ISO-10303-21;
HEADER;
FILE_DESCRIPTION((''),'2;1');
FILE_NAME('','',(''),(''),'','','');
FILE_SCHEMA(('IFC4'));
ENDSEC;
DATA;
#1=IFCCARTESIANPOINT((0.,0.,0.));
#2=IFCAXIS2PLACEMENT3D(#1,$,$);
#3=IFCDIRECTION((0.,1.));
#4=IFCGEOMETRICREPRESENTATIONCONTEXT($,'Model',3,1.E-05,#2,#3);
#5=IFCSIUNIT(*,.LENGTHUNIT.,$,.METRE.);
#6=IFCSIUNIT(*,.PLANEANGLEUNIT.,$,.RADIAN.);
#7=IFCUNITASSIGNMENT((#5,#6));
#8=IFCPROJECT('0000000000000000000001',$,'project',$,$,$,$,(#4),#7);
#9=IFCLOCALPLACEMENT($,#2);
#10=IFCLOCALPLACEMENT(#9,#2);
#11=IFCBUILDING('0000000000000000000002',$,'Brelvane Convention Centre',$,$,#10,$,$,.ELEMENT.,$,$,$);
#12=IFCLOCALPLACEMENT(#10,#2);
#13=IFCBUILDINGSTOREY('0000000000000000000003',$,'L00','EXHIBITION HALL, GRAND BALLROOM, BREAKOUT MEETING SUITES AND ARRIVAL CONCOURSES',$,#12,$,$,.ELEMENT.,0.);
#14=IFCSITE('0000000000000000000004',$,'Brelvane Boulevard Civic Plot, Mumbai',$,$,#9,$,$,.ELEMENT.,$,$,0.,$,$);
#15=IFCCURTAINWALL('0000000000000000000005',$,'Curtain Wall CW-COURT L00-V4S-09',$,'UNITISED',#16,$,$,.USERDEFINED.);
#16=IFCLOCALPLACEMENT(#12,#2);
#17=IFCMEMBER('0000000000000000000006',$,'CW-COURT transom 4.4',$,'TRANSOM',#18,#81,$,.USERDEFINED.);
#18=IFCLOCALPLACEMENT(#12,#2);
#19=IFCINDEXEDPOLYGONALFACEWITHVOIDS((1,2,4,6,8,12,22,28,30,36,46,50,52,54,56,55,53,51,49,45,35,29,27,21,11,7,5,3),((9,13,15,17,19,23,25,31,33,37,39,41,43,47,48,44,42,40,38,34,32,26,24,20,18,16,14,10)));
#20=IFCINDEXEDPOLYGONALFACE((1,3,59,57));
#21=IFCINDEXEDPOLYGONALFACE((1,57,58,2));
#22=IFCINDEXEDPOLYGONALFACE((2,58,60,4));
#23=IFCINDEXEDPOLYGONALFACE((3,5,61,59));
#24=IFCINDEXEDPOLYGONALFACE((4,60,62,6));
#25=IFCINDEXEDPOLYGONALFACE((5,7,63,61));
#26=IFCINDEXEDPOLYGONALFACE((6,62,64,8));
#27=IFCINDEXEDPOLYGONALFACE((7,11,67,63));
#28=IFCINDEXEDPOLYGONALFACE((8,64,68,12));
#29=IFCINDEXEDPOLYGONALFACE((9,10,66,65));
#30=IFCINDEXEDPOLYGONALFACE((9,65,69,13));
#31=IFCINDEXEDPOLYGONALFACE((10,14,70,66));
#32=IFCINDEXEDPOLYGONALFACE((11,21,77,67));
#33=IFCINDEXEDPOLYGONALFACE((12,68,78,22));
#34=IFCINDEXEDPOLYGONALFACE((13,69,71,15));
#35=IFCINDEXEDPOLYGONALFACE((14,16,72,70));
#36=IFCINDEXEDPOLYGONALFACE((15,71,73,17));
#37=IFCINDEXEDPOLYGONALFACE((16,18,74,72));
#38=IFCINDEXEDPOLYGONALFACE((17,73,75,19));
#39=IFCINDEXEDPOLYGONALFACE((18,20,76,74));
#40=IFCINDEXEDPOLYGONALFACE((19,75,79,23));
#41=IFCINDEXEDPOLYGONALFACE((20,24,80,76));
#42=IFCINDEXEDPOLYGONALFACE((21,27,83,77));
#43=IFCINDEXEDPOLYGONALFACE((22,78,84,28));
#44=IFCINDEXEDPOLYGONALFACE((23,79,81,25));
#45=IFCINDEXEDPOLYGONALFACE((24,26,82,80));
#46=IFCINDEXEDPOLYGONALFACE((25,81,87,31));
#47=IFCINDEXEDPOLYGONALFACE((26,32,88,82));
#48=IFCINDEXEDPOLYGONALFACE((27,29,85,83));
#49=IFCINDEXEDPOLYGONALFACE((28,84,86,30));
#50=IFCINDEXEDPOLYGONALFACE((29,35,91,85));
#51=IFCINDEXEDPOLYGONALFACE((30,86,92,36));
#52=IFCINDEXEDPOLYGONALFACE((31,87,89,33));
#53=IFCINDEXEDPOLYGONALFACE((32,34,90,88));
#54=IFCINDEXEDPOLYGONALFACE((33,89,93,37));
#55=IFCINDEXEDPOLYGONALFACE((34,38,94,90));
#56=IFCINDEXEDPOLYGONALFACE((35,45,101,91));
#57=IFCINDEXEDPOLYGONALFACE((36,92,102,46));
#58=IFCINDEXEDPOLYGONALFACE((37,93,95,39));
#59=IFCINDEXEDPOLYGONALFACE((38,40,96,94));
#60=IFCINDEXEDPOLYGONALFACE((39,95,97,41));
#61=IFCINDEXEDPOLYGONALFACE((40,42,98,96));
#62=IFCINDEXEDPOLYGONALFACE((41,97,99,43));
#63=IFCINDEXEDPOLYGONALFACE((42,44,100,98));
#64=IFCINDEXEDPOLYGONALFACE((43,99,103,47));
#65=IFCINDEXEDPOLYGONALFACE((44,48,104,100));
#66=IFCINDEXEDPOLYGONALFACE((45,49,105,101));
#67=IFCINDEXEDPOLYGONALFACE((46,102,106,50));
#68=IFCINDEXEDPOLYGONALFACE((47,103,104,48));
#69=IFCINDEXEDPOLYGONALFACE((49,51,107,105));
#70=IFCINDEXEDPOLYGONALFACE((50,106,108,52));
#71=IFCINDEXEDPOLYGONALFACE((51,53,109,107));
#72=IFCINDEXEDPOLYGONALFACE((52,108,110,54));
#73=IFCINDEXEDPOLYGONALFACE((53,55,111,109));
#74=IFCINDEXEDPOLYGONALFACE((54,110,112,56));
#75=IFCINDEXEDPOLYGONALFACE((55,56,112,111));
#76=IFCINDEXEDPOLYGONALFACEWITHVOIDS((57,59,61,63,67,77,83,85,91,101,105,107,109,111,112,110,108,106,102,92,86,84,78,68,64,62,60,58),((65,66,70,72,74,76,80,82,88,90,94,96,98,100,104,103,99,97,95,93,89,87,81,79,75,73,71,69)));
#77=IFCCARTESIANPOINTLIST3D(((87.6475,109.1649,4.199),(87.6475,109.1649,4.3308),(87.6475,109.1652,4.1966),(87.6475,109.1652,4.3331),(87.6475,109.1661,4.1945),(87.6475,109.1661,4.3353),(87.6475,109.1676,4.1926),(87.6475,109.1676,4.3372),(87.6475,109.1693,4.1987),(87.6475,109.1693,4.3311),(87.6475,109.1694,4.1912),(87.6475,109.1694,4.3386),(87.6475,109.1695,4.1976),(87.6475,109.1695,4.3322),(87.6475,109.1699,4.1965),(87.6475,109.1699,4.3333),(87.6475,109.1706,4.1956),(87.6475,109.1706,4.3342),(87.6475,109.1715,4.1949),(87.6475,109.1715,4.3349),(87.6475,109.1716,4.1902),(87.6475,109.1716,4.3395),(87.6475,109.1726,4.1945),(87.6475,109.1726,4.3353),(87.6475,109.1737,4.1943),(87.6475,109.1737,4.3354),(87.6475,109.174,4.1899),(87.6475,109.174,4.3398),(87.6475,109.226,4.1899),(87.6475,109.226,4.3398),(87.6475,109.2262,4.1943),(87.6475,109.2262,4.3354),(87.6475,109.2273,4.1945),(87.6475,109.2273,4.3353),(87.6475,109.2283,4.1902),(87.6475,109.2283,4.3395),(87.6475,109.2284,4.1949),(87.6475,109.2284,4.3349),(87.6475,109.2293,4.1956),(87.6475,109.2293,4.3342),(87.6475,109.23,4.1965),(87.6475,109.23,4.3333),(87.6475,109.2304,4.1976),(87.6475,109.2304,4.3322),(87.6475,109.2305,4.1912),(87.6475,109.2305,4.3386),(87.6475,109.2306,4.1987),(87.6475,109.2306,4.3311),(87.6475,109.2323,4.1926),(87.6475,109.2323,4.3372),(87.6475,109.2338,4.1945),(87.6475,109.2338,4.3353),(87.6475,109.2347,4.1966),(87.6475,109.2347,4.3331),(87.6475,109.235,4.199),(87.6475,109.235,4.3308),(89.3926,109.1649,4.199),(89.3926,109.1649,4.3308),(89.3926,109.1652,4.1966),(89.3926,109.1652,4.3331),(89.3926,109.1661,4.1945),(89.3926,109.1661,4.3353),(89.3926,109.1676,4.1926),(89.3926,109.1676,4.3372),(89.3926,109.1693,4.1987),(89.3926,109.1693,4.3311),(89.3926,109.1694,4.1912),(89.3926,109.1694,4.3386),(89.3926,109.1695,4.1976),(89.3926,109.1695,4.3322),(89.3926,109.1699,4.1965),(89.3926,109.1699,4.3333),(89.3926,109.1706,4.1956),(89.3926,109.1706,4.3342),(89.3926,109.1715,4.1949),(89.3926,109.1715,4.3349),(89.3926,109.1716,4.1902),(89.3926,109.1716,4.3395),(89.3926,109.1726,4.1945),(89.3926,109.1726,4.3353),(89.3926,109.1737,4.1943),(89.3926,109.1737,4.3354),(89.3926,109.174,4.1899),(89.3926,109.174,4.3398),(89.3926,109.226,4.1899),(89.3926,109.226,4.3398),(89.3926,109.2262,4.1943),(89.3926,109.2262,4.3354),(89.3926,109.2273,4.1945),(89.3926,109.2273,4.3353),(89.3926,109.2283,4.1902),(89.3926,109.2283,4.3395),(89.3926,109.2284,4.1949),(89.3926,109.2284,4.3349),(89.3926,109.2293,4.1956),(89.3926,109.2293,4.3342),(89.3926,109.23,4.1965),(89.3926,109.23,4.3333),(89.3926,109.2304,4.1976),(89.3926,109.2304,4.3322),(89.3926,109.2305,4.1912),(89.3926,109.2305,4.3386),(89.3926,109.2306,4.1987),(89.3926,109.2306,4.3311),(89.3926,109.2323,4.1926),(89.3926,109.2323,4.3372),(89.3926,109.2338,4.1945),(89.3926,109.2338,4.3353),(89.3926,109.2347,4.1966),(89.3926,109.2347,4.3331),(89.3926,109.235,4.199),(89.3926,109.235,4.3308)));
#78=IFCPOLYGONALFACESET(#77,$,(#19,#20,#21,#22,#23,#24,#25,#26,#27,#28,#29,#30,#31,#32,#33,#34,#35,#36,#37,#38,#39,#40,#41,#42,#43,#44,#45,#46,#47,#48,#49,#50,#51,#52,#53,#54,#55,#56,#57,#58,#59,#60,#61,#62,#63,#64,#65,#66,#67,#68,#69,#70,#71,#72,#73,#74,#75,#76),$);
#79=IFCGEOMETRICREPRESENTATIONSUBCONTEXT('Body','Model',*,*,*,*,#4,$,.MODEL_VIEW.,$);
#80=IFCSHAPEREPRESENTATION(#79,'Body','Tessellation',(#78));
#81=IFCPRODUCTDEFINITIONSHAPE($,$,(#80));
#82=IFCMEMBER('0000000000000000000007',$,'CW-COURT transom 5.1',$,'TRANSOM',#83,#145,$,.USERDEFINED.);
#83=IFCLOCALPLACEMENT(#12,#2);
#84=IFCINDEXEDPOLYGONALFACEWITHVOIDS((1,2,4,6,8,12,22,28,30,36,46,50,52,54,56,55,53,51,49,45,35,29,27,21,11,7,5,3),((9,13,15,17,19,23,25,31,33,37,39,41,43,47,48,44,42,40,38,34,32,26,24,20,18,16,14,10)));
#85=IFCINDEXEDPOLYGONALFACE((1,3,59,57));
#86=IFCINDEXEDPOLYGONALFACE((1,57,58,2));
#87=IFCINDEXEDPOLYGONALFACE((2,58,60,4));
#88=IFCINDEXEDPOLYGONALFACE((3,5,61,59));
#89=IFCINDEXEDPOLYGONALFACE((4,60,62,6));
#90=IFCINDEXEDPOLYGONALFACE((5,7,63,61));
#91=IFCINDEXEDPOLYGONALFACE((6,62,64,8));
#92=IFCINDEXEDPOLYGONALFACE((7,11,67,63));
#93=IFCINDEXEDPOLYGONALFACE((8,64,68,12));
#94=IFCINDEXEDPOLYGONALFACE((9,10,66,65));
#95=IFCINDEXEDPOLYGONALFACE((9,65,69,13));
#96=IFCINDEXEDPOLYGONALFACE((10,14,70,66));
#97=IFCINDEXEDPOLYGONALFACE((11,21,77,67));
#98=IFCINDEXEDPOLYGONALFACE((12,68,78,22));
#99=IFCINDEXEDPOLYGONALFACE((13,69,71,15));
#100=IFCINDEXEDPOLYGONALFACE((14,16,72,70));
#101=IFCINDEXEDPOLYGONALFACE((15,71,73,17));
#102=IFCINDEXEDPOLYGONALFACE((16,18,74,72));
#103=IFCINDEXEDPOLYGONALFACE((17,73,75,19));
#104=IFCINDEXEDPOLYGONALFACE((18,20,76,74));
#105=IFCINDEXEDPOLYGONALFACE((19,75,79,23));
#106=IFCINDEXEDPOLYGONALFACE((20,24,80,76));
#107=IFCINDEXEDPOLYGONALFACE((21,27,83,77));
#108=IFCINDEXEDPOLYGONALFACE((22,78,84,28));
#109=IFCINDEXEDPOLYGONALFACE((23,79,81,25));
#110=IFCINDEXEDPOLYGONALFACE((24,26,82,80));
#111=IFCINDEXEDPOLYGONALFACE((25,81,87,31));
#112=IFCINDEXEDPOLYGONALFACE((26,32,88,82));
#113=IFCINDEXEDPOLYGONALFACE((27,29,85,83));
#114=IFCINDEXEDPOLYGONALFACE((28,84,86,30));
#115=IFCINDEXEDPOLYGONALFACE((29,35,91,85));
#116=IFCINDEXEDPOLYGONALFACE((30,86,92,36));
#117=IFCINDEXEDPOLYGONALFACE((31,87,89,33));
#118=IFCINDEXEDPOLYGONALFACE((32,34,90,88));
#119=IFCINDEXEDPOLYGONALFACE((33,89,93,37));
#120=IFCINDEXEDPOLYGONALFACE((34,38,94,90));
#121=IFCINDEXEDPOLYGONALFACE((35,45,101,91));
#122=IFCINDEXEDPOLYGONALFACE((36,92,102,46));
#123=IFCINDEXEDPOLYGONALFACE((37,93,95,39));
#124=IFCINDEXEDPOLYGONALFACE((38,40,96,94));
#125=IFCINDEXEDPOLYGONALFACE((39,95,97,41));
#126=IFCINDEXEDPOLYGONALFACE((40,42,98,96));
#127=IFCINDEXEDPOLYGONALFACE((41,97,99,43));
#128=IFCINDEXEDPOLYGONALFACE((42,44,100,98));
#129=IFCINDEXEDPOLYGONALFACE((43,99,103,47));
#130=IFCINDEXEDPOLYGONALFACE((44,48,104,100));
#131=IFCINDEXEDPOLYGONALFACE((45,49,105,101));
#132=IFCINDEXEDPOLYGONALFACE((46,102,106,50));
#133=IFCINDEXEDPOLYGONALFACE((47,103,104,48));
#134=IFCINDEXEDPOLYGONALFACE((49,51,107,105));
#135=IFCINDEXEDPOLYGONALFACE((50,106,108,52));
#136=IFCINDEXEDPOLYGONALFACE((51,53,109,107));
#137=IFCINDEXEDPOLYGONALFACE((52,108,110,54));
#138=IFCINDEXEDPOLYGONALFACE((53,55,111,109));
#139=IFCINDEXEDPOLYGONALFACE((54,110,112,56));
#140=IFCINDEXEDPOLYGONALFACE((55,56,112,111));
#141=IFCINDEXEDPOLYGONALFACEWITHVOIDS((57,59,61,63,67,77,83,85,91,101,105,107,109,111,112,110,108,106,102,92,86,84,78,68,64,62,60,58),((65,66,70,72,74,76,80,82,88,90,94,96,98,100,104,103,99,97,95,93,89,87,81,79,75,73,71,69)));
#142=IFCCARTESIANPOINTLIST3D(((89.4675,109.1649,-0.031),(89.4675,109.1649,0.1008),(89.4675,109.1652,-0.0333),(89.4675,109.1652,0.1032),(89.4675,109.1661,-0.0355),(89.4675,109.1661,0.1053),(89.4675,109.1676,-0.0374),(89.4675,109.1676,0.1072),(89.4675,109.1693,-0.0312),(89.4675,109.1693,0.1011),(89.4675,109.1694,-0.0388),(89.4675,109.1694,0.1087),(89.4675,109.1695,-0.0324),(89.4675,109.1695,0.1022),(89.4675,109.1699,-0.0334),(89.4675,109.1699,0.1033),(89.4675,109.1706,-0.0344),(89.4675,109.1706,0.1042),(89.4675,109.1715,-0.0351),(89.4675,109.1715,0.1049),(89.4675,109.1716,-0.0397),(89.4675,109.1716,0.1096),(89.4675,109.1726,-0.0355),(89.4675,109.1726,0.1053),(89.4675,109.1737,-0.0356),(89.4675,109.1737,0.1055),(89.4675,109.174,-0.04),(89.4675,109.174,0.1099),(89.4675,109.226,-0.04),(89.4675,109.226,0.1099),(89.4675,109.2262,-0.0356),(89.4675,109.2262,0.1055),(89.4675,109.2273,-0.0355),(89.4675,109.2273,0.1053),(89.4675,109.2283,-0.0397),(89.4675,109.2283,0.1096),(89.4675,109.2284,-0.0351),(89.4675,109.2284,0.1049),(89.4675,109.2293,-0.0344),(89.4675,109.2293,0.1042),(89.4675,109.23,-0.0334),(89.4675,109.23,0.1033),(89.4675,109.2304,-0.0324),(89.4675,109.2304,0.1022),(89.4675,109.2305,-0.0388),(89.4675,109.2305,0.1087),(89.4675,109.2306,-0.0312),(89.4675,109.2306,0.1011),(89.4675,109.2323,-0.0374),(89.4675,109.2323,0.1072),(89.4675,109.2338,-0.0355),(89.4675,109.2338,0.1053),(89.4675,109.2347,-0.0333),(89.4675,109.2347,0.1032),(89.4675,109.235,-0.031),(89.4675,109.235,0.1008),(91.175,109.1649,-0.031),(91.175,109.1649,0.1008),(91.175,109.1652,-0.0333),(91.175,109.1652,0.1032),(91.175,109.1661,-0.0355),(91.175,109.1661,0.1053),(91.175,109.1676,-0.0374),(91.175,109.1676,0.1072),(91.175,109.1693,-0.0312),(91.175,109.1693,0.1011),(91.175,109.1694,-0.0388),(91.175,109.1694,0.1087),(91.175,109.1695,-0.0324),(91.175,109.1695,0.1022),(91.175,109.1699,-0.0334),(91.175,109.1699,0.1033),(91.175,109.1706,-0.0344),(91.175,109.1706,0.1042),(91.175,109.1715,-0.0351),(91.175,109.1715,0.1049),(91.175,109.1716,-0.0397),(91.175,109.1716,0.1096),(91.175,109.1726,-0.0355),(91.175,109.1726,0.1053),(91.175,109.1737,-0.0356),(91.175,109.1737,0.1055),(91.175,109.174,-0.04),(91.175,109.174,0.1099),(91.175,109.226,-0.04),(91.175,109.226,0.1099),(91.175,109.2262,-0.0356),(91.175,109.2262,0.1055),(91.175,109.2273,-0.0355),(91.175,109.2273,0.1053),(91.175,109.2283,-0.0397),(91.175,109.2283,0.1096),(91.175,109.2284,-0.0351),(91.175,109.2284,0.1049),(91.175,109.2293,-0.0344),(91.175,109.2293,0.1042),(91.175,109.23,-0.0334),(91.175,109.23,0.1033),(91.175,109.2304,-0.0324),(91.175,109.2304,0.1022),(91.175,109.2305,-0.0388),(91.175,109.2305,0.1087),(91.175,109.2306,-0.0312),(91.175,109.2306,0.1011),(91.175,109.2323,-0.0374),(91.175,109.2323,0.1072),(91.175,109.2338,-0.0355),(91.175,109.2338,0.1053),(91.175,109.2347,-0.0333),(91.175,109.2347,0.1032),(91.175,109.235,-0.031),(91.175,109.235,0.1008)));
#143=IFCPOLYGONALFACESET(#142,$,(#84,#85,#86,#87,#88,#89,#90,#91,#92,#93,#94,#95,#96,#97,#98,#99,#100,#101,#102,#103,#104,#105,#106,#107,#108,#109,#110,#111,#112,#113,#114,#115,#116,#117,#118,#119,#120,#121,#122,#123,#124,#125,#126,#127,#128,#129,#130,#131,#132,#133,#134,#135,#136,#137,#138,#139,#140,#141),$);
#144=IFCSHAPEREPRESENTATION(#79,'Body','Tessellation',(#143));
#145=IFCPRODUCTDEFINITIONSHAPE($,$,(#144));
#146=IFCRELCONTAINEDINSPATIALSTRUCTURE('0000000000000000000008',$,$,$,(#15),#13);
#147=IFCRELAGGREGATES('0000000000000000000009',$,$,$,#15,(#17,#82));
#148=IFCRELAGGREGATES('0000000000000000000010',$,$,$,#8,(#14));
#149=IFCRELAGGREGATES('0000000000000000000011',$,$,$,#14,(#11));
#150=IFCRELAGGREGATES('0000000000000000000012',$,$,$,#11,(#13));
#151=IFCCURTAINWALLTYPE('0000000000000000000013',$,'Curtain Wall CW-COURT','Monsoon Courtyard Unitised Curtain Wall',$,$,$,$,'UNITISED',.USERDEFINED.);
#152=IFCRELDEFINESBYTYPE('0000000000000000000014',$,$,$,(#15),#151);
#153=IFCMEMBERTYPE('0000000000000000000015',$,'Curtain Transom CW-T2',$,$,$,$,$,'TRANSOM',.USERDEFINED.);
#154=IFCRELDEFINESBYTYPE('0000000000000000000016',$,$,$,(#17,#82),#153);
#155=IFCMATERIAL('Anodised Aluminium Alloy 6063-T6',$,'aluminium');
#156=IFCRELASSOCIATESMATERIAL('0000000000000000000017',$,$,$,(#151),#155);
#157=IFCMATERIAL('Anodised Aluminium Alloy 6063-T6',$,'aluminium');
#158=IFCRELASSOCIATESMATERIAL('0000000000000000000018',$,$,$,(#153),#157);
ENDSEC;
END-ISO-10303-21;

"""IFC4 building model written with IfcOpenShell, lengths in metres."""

from ifc_helpers import new_model, si_unit, direction, frame, origin, origin_2d, place, context, subcontext, project, spatial, hollow_rectangle, extrude, material, material_profile, profile_set, type_object, element, aggregate, save


model = new_model("IFC4")

# Units and contexts
model_context = context("Model", 3, precision=1e-05, world=origin(), true_north=direction((0.0, 1.0)))
body_context = subcontext(model_context, "Body", "Model", "MODEL_VIEW")
ifc_project = project(units=[si_unit("LENGTHUNIT", "METRE"), si_unit("PLANEANGLEUNIT", "RADIAN")], contexts=[model_context])

# Site, building, storey
site_placement = place(None, origin())
site = spatial("IfcSite", under=ifc_project, at=site_placement, Name="Brelvane Boulevard Civic Plot, Mumbai", CompositionType="ELEMENT", RefElevation=0.0)
building_placement = place(site_placement, origin())
building = spatial("IfcBuilding", under=site, at=building_placement, Name="Brelvane Convention Centre", CompositionType="ELEMENT")
storey_placement = place(building_placement, origin())
storey = spatial("IfcBuildingStorey", under=building, at=storey_placement, Name="L00", Description="EXHIBITION HALL, GRAND BALLROOM, BREAKOUT MEETING SUITES AND ARRIVAL CONCOURSES", CompositionType="ELEMENT", Elevation=0.0)

# Curtain wall, members
ifc_material_1 = material(Name="Anodised Aluminium Alloy 6063-T6", Category="aluminium")
curtain_wall_type = type_object("IfcCurtainWallType", Name="Curtain Wall CW-COURT", Description="Monsoon Courtyard Unitised Curtain Wall", ElementType="UNITISED", PredefinedType="USERDEFINED", material=ifc_material_1)
curtain_wall_placement = place(storey_placement, origin())
curtain_wall = element("IfcCurtainWall", 1, at=curtain_wall_placement, inside=storey, type_object=curtain_wall_type, Name="Curtain Wall CW-COURT L00-V4S-09", ObjectType="UNITISED", PredefinedType="USERDEFINED")
ifc_material_2 = material(Name="Anodised Aluminium Alloy 6063-T6", Category="aluminium")
ifc_material_profile_1 = material_profile(ifc_material_2, hollow_rectangle(XDim=0.0701, YDim=0.1499, WallThickness=0.0044, InnerFilletRadius=0.0044, OuterFilletRadius=0.009, at=origin_2d()), Name="ALU-T 150x70x4.5")
ifc_profile_set_1 = profile_set([ifc_material_profile_1], Name="Anodised Aluminium Alloy 6063-T6")
member_type_1 = type_object("IfcMemberType", Name="Curtain Transom CW-T2", ElementType="TRANSOM", PredefinedType="USERDEFINED", material=ifc_profile_set_1)
member_1_placement = place(storey_placement, frame((87.6475, 109.2, 4.2649), z_axis=(1.0, 0.0, 0.0), x_axis=(0.0, 1.0, 0.0)))
member_1 = element("IfcMember", 2, at=member_1_placement, type_object=member_type_1, Name="CW-COURT transom 4.4", ObjectType="TRANSOM", PredefinedType="USERDEFINED", context=body_context, shape_type="SweptSolid", body=[
    extrude(hollow_rectangle(XDim=0.0701, YDim=0.1499, WallThickness=0.0044, InnerFilletRadius=0.0044, OuterFilletRadius=0.009, at=origin_2d()), origin(), (0.0, 0.0, 1.0), 1.7451),
])
member_2_placement = place(storey_placement, frame((89.4675, 109.2, 0.0349), z_axis=(1.0, 0.0, 0.0), x_axis=(0.0, 1.0, 0.0)))
member_2 = element("IfcMember", 3, at=member_2_placement, type_object=member_type_1, Name="CW-COURT transom 5.1", ObjectType="TRANSOM", PredefinedType="USERDEFINED", context=body_context, shape_type="SweptSolid", body=[
    extrude(hollow_rectangle(XDim=0.0701, YDim=0.1499, WallThickness=0.0044, InnerFilletRadius=0.0044, OuterFilletRadius=0.009, at=origin_2d()), origin(), (0.0, 0.0, 1.0), 1.7075),
])
aggregate(curtain_wall, [member_1, member_2])

save(model, "model.ifc")
